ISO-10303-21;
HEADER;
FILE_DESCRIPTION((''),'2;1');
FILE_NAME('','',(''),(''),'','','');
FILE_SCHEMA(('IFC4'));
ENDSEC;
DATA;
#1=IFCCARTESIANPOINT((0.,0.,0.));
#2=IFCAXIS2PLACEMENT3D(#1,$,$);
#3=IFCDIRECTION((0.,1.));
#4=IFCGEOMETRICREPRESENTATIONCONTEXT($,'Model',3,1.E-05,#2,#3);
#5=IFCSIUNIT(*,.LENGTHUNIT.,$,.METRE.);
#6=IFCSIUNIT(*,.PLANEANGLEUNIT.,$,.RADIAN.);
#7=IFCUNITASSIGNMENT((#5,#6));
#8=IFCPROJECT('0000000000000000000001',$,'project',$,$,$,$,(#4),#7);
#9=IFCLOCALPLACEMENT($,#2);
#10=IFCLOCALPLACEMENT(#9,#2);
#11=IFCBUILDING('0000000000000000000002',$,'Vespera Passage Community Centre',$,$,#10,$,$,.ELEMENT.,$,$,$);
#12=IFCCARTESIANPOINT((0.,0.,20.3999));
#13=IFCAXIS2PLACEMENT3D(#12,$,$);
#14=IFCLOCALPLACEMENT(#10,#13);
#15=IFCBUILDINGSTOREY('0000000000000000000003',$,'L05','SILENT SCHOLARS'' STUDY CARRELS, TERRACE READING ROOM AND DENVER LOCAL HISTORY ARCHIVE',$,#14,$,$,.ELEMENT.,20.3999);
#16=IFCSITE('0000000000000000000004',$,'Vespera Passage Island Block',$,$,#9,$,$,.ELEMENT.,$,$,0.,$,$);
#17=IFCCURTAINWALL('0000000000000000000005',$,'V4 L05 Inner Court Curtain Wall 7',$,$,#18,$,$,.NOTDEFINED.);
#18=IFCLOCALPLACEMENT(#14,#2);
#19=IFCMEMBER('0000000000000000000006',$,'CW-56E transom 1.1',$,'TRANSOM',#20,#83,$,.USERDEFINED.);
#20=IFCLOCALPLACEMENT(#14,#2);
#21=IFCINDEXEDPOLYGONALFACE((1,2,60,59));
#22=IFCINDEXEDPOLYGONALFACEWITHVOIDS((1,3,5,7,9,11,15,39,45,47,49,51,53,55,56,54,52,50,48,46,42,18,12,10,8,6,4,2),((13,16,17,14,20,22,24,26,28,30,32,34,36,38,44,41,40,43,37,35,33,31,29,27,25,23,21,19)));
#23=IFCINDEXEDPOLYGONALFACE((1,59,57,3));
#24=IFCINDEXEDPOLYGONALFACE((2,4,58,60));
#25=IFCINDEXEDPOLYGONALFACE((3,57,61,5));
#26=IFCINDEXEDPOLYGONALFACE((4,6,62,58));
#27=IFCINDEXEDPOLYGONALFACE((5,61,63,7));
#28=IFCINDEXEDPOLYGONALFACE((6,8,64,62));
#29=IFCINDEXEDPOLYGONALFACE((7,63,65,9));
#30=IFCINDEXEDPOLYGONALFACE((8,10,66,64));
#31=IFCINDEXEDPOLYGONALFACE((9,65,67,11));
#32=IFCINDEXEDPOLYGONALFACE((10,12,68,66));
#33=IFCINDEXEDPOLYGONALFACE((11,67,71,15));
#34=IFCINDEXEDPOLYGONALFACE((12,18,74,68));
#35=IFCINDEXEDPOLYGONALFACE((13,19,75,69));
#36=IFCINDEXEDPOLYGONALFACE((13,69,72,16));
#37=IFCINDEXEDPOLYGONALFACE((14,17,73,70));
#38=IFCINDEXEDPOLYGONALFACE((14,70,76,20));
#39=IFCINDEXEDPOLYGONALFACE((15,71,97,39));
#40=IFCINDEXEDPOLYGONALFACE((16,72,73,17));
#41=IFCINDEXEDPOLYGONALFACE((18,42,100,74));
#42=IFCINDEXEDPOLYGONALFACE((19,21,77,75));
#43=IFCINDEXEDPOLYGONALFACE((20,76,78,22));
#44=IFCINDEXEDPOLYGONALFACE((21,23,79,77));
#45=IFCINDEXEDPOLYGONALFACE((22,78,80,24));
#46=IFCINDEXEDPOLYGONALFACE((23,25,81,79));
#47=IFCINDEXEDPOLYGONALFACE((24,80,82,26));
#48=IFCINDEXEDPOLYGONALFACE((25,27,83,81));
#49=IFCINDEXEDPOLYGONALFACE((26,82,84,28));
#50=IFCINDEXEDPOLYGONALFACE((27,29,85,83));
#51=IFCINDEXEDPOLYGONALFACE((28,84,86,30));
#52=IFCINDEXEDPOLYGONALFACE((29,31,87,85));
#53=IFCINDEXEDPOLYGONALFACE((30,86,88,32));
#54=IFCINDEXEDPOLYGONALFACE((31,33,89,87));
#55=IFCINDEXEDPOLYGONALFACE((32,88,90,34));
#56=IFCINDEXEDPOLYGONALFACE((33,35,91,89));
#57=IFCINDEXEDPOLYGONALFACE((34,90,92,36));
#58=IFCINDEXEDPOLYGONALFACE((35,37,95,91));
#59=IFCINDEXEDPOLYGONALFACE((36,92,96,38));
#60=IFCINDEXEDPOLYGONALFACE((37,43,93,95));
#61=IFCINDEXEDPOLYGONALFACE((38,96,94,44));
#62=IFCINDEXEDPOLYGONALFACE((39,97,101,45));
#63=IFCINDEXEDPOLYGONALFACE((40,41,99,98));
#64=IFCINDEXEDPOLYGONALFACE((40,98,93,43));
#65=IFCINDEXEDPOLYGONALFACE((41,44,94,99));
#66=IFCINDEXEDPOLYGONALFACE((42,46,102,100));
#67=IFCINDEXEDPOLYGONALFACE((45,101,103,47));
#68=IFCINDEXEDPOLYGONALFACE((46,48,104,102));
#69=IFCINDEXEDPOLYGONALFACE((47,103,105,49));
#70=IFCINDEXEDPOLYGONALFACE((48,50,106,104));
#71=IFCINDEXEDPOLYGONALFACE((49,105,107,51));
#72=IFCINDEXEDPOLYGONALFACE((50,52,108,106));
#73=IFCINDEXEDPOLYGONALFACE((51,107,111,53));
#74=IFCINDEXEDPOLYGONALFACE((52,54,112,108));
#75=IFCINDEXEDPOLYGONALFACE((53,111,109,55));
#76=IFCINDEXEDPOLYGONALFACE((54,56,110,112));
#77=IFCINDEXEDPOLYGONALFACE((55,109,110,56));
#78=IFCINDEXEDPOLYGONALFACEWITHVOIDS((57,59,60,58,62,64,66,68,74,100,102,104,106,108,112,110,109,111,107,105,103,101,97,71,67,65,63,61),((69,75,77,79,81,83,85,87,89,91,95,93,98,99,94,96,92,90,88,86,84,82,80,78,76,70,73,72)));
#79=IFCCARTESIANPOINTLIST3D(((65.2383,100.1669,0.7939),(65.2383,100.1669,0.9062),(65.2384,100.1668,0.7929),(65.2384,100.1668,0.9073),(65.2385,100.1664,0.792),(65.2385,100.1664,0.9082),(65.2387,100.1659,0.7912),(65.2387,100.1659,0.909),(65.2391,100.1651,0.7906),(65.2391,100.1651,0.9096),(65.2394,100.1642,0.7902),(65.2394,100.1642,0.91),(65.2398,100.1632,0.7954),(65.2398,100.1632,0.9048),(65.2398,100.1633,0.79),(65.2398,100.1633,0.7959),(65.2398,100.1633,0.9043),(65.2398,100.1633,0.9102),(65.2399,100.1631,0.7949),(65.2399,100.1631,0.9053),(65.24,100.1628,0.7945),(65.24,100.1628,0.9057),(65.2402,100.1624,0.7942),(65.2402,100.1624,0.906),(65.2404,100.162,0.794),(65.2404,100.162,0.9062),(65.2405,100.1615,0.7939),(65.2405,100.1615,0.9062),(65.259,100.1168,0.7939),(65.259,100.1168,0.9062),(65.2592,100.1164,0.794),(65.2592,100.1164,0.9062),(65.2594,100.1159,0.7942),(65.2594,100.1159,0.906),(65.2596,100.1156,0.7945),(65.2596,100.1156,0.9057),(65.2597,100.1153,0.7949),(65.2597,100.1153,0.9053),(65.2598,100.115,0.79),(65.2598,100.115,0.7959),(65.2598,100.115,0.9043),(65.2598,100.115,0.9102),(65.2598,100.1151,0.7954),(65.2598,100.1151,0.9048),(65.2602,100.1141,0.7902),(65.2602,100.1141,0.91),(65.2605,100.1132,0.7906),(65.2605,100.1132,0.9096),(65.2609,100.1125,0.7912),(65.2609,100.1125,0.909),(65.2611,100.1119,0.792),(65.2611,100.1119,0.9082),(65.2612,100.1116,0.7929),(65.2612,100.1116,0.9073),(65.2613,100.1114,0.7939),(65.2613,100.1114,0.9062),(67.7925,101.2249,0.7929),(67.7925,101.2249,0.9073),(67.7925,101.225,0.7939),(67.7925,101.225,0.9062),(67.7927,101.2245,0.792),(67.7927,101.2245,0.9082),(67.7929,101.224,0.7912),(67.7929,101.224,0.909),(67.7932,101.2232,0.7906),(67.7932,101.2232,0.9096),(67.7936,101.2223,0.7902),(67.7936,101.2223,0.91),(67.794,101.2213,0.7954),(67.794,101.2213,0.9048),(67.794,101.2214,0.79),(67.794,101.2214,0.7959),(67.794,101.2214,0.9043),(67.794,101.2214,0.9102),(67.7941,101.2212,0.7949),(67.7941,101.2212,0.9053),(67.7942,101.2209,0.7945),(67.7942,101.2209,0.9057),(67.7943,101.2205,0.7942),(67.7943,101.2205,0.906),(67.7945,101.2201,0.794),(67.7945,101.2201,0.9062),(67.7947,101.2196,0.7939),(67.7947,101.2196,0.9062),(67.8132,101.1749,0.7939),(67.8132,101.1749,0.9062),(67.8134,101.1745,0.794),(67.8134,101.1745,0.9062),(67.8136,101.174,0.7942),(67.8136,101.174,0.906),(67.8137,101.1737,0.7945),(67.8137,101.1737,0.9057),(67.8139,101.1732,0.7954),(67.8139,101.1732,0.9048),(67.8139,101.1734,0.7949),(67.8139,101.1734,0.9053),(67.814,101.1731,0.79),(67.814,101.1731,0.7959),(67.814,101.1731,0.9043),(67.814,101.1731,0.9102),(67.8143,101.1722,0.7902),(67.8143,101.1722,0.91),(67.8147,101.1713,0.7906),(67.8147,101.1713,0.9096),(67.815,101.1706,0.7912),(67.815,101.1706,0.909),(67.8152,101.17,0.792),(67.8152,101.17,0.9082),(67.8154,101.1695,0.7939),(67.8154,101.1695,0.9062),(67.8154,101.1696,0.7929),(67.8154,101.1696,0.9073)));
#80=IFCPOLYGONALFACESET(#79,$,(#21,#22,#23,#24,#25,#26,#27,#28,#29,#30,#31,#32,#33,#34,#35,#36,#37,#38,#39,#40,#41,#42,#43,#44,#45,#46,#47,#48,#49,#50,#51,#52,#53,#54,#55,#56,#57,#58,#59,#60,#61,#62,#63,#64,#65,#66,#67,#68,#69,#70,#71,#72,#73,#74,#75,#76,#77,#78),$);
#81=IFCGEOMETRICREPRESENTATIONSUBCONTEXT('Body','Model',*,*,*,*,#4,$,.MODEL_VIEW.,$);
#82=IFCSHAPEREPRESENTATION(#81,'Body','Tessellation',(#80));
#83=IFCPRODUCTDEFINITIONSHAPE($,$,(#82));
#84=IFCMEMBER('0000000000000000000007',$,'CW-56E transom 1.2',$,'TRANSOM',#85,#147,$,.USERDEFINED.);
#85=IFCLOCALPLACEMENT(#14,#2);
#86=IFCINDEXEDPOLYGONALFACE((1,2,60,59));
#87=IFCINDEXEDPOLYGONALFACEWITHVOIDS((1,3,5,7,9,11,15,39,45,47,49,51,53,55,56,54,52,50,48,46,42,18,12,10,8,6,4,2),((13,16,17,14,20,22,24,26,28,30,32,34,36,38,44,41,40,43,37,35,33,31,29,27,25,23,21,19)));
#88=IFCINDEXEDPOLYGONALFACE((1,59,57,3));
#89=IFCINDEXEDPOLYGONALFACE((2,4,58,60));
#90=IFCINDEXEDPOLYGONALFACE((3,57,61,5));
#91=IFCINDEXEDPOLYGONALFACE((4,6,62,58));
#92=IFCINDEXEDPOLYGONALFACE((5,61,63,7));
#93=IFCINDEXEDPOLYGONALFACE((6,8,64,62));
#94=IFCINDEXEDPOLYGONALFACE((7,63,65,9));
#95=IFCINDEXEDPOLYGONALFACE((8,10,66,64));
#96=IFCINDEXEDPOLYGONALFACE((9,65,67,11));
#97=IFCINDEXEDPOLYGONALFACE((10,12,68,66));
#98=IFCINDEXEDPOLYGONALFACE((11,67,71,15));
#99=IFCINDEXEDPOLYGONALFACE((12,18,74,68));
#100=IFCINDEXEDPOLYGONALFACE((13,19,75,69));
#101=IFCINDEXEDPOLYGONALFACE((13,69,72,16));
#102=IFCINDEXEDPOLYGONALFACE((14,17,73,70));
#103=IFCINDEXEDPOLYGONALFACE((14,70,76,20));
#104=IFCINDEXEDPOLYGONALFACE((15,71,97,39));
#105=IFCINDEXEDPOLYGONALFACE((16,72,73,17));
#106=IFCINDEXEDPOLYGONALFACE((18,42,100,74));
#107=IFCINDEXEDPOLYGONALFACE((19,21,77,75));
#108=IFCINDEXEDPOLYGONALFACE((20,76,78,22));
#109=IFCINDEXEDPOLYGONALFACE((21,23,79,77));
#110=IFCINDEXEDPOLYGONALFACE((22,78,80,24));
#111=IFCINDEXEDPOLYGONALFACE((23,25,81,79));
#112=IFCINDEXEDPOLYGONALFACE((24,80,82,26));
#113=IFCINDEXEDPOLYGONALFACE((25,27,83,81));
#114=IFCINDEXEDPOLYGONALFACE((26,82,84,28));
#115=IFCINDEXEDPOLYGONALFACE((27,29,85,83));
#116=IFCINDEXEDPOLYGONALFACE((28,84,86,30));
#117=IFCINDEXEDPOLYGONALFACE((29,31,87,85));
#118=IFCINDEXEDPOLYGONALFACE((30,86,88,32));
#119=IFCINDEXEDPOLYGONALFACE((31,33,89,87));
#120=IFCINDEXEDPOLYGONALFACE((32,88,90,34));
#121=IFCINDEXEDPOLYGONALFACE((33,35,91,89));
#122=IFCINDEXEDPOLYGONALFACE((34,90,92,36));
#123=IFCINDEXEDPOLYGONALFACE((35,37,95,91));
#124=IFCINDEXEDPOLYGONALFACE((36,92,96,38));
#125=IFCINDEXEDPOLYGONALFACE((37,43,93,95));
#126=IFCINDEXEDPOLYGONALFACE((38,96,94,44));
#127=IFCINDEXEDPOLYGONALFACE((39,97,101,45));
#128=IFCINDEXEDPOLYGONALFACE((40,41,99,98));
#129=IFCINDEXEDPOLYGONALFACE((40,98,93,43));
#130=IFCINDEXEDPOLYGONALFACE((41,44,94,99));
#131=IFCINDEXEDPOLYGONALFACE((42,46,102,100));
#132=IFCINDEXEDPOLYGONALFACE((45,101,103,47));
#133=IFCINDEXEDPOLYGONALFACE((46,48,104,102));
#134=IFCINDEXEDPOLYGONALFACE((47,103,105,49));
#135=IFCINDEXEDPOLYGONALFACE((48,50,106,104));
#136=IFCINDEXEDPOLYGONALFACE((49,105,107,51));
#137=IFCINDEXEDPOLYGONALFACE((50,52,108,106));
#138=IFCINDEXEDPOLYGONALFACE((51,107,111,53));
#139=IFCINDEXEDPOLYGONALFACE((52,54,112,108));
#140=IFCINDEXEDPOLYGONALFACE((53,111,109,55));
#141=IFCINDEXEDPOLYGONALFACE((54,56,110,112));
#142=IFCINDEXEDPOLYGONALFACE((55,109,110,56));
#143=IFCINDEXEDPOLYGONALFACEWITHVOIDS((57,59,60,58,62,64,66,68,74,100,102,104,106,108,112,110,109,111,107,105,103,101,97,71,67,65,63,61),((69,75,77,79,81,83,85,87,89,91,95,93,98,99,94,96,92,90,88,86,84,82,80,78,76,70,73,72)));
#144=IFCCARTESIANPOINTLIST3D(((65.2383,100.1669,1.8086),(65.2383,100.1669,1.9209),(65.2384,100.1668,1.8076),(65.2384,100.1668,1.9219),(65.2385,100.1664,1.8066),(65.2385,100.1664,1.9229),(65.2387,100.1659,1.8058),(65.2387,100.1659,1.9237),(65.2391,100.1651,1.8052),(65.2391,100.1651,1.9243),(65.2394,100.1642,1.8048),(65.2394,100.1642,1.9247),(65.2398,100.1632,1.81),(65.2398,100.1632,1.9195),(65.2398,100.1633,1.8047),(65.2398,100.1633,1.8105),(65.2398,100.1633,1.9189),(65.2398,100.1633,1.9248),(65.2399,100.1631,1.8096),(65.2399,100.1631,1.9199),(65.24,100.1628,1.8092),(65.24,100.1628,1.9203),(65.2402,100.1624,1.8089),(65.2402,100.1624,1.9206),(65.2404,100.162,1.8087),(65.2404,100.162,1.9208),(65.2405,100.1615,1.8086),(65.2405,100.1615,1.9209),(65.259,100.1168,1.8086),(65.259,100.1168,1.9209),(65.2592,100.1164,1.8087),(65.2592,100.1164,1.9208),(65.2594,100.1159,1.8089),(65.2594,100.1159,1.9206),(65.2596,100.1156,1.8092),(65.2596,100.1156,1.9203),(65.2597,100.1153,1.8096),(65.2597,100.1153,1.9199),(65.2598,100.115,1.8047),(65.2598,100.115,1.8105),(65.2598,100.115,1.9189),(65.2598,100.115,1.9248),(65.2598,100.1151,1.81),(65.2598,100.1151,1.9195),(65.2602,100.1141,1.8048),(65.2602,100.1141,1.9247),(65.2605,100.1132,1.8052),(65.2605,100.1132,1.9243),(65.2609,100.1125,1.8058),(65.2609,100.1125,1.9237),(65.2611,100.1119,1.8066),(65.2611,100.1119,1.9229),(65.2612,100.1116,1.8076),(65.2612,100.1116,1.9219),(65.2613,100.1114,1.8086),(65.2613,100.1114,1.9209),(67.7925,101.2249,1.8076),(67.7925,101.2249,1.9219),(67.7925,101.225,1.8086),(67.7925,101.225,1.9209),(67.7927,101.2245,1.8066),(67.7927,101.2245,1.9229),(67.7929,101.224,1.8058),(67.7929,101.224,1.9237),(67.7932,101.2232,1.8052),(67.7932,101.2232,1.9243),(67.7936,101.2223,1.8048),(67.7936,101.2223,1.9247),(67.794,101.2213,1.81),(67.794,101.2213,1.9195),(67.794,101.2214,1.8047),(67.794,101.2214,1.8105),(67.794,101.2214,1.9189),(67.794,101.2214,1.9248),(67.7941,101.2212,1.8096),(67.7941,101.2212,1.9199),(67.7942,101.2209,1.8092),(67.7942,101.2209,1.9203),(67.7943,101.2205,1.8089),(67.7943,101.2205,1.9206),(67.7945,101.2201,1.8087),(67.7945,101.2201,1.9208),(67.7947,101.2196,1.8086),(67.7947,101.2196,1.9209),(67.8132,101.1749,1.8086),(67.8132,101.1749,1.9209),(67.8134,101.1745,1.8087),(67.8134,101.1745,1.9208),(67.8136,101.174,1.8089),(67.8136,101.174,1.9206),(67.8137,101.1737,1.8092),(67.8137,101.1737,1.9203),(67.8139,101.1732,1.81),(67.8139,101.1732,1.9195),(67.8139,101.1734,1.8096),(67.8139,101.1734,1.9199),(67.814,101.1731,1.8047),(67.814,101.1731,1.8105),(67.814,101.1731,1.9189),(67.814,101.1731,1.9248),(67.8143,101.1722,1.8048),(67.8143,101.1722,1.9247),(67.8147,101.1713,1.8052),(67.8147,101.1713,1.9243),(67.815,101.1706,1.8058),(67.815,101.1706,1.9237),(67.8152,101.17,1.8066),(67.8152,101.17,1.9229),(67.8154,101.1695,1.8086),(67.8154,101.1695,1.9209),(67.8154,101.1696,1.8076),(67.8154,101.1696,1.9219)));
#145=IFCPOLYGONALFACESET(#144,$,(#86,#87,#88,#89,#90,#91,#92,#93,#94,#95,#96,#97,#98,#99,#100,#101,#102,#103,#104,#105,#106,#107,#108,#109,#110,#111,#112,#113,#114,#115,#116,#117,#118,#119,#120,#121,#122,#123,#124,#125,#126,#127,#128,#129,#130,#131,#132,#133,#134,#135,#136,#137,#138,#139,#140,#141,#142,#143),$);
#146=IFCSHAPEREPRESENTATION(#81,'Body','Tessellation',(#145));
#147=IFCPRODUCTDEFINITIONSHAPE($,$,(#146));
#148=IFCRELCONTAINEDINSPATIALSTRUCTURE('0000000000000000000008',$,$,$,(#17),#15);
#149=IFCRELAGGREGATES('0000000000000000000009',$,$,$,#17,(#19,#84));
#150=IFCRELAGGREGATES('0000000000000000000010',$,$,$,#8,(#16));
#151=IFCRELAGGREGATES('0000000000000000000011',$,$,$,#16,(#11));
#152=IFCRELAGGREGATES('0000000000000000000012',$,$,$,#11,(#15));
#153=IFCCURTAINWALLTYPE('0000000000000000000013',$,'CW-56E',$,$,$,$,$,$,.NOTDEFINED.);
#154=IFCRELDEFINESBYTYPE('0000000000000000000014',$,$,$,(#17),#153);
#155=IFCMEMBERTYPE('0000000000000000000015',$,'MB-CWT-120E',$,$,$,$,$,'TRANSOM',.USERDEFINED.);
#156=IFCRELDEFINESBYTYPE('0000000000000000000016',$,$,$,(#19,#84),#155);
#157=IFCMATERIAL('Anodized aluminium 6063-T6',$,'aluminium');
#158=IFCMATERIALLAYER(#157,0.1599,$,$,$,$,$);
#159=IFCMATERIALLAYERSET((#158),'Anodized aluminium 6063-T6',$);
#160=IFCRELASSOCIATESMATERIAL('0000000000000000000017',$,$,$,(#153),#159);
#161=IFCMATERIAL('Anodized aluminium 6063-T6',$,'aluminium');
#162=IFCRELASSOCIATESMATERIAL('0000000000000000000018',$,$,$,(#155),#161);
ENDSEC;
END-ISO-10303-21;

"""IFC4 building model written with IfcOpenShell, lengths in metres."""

from ifc_helpers import new_model, si_unit, direction, frame, origin, origin_2d, place, context, subcontext, project, spatial, hollow_rectangle, extrude, material, layer, layer_set, material_profile, profile_set, type_object, element, aggregate, save


model = new_model("IFC4")

# Units and contexts
model_context = context("Model", 3, precision=1e-05, world=origin(), true_north=direction((0.0, 1.0)))
body_context = subcontext(model_context, "Body", "Model", "MODEL_VIEW")
ifc_project = project(units=[si_unit("LENGTHUNIT", "METRE"), si_unit("PLANEANGLEUNIT", "RADIAN")], contexts=[model_context])

# Site, building, storey
site_placement = place(None, origin())
site = spatial("IfcSite", under=ifc_project, at=site_placement, Name="Vespera Passage Island Block", CompositionType="ELEMENT", RefElevation=0.0)
building_placement = place(site_placement, origin())
building = spatial("IfcBuilding", under=site, at=building_placement, Name="Vespera Passage Community Centre", CompositionType="ELEMENT")
storey_placement = place(building_placement, frame((0.0, 0.0, 20.3999)))
storey = spatial("IfcBuildingStorey", under=building, at=storey_placement, Name="L05", Description="SILENT SCHOLARS' STUDY CARRELS, TERRACE READING ROOM AND DENVER LOCAL HISTORY ARCHIVE", CompositionType="ELEMENT", Elevation=20.3999)

# Curtain wall, members
ifc_material_1 = material(Name="Anodized aluminium 6063-T6", Category="aluminium")
ifc_layer_1 = layer(ifc_material_1, 0.1599)
ifc_layer_set_1 = layer_set([ifc_layer_1], Name="Anodized aluminium 6063-T6")
curtain_wall_type = type_object("IfcCurtainWallType", Name="CW-56E", PredefinedType="NOTDEFINED", material=ifc_layer_set_1)
curtain_wall_placement = place(storey_placement, origin())
curtain_wall = element("IfcCurtainWall", 1, at=curtain_wall_placement, inside=storey, type_object=curtain_wall_type, Name="V4 L05 Inner Court Curtain Wall 7", PredefinedType="NOTDEFINED")
ifc_material_2 = material(Name="Anodized aluminium 6063-T6", Category="aluminium")
ifc_material_profile_1 = material_profile(ifc_material_2, hollow_rectangle(XDim=0.0601, YDim=0.1201, WallThickness=0.0039, InnerFilletRadius=0.002, OuterFilletRadius=0.0039, at=origin_2d()), Name="ALU120X60X4")
ifc_profile_set_1 = profile_set([ifc_material_profile_1], Name="Anodized aluminium 6063-T6")
member_type_1 = type_object("IfcMemberType", Name="MB-CWT-120E", ElementType="TRANSOM", PredefinedType="USERDEFINED", material=ifc_profile_set_1)
member_1_placement = place(storey_placement, frame((67.804, 101.1973, 0.8501), z_axis=(-0.923864, -0.382721, 0.0), x_axis=(0.382721, -0.923864, 0.0)))
member_1 = element("IfcMember", 2, at=member_1_placement, type_object=member_type_1, Name="CW-56E transom 1.1", ObjectType="TRANSOM", PredefinedType="USERDEFINED", context=body_context, shape_type="SweptSolid", body=[
    extrude(hollow_rectangle(XDim=0.0601, YDim=0.1201, WallThickness=0.0039, InnerFilletRadius=0.002, OuterFilletRadius=0.0039, at=origin_2d()), origin(), (0.0, 0.0, 1.0), 2.7646),
])
member_2_placement = place(storey_placement, frame((67.804, 101.1973, 1.8647), z_axis=(-0.923864, -0.382721, 0.0), x_axis=(0.382721, -0.923864, 0.0)))
member_2 = element("IfcMember", 3, at=member_2_placement, type_object=member_type_1, Name="CW-56E transom 1.2", ObjectType="TRANSOM", PredefinedType="USERDEFINED", context=body_context, shape_type="SweptSolid", body=[
    extrude(hollow_rectangle(XDim=0.0601, YDim=0.1201, WallThickness=0.0039, InnerFilletRadius=0.002, OuterFilletRadius=0.0039, at=origin_2d()), origin(), (0.0, 0.0, 1.0), 2.7646),
])
aggregate(curtain_wall, [member_1, member_2])

save(model, "model.ifc")
